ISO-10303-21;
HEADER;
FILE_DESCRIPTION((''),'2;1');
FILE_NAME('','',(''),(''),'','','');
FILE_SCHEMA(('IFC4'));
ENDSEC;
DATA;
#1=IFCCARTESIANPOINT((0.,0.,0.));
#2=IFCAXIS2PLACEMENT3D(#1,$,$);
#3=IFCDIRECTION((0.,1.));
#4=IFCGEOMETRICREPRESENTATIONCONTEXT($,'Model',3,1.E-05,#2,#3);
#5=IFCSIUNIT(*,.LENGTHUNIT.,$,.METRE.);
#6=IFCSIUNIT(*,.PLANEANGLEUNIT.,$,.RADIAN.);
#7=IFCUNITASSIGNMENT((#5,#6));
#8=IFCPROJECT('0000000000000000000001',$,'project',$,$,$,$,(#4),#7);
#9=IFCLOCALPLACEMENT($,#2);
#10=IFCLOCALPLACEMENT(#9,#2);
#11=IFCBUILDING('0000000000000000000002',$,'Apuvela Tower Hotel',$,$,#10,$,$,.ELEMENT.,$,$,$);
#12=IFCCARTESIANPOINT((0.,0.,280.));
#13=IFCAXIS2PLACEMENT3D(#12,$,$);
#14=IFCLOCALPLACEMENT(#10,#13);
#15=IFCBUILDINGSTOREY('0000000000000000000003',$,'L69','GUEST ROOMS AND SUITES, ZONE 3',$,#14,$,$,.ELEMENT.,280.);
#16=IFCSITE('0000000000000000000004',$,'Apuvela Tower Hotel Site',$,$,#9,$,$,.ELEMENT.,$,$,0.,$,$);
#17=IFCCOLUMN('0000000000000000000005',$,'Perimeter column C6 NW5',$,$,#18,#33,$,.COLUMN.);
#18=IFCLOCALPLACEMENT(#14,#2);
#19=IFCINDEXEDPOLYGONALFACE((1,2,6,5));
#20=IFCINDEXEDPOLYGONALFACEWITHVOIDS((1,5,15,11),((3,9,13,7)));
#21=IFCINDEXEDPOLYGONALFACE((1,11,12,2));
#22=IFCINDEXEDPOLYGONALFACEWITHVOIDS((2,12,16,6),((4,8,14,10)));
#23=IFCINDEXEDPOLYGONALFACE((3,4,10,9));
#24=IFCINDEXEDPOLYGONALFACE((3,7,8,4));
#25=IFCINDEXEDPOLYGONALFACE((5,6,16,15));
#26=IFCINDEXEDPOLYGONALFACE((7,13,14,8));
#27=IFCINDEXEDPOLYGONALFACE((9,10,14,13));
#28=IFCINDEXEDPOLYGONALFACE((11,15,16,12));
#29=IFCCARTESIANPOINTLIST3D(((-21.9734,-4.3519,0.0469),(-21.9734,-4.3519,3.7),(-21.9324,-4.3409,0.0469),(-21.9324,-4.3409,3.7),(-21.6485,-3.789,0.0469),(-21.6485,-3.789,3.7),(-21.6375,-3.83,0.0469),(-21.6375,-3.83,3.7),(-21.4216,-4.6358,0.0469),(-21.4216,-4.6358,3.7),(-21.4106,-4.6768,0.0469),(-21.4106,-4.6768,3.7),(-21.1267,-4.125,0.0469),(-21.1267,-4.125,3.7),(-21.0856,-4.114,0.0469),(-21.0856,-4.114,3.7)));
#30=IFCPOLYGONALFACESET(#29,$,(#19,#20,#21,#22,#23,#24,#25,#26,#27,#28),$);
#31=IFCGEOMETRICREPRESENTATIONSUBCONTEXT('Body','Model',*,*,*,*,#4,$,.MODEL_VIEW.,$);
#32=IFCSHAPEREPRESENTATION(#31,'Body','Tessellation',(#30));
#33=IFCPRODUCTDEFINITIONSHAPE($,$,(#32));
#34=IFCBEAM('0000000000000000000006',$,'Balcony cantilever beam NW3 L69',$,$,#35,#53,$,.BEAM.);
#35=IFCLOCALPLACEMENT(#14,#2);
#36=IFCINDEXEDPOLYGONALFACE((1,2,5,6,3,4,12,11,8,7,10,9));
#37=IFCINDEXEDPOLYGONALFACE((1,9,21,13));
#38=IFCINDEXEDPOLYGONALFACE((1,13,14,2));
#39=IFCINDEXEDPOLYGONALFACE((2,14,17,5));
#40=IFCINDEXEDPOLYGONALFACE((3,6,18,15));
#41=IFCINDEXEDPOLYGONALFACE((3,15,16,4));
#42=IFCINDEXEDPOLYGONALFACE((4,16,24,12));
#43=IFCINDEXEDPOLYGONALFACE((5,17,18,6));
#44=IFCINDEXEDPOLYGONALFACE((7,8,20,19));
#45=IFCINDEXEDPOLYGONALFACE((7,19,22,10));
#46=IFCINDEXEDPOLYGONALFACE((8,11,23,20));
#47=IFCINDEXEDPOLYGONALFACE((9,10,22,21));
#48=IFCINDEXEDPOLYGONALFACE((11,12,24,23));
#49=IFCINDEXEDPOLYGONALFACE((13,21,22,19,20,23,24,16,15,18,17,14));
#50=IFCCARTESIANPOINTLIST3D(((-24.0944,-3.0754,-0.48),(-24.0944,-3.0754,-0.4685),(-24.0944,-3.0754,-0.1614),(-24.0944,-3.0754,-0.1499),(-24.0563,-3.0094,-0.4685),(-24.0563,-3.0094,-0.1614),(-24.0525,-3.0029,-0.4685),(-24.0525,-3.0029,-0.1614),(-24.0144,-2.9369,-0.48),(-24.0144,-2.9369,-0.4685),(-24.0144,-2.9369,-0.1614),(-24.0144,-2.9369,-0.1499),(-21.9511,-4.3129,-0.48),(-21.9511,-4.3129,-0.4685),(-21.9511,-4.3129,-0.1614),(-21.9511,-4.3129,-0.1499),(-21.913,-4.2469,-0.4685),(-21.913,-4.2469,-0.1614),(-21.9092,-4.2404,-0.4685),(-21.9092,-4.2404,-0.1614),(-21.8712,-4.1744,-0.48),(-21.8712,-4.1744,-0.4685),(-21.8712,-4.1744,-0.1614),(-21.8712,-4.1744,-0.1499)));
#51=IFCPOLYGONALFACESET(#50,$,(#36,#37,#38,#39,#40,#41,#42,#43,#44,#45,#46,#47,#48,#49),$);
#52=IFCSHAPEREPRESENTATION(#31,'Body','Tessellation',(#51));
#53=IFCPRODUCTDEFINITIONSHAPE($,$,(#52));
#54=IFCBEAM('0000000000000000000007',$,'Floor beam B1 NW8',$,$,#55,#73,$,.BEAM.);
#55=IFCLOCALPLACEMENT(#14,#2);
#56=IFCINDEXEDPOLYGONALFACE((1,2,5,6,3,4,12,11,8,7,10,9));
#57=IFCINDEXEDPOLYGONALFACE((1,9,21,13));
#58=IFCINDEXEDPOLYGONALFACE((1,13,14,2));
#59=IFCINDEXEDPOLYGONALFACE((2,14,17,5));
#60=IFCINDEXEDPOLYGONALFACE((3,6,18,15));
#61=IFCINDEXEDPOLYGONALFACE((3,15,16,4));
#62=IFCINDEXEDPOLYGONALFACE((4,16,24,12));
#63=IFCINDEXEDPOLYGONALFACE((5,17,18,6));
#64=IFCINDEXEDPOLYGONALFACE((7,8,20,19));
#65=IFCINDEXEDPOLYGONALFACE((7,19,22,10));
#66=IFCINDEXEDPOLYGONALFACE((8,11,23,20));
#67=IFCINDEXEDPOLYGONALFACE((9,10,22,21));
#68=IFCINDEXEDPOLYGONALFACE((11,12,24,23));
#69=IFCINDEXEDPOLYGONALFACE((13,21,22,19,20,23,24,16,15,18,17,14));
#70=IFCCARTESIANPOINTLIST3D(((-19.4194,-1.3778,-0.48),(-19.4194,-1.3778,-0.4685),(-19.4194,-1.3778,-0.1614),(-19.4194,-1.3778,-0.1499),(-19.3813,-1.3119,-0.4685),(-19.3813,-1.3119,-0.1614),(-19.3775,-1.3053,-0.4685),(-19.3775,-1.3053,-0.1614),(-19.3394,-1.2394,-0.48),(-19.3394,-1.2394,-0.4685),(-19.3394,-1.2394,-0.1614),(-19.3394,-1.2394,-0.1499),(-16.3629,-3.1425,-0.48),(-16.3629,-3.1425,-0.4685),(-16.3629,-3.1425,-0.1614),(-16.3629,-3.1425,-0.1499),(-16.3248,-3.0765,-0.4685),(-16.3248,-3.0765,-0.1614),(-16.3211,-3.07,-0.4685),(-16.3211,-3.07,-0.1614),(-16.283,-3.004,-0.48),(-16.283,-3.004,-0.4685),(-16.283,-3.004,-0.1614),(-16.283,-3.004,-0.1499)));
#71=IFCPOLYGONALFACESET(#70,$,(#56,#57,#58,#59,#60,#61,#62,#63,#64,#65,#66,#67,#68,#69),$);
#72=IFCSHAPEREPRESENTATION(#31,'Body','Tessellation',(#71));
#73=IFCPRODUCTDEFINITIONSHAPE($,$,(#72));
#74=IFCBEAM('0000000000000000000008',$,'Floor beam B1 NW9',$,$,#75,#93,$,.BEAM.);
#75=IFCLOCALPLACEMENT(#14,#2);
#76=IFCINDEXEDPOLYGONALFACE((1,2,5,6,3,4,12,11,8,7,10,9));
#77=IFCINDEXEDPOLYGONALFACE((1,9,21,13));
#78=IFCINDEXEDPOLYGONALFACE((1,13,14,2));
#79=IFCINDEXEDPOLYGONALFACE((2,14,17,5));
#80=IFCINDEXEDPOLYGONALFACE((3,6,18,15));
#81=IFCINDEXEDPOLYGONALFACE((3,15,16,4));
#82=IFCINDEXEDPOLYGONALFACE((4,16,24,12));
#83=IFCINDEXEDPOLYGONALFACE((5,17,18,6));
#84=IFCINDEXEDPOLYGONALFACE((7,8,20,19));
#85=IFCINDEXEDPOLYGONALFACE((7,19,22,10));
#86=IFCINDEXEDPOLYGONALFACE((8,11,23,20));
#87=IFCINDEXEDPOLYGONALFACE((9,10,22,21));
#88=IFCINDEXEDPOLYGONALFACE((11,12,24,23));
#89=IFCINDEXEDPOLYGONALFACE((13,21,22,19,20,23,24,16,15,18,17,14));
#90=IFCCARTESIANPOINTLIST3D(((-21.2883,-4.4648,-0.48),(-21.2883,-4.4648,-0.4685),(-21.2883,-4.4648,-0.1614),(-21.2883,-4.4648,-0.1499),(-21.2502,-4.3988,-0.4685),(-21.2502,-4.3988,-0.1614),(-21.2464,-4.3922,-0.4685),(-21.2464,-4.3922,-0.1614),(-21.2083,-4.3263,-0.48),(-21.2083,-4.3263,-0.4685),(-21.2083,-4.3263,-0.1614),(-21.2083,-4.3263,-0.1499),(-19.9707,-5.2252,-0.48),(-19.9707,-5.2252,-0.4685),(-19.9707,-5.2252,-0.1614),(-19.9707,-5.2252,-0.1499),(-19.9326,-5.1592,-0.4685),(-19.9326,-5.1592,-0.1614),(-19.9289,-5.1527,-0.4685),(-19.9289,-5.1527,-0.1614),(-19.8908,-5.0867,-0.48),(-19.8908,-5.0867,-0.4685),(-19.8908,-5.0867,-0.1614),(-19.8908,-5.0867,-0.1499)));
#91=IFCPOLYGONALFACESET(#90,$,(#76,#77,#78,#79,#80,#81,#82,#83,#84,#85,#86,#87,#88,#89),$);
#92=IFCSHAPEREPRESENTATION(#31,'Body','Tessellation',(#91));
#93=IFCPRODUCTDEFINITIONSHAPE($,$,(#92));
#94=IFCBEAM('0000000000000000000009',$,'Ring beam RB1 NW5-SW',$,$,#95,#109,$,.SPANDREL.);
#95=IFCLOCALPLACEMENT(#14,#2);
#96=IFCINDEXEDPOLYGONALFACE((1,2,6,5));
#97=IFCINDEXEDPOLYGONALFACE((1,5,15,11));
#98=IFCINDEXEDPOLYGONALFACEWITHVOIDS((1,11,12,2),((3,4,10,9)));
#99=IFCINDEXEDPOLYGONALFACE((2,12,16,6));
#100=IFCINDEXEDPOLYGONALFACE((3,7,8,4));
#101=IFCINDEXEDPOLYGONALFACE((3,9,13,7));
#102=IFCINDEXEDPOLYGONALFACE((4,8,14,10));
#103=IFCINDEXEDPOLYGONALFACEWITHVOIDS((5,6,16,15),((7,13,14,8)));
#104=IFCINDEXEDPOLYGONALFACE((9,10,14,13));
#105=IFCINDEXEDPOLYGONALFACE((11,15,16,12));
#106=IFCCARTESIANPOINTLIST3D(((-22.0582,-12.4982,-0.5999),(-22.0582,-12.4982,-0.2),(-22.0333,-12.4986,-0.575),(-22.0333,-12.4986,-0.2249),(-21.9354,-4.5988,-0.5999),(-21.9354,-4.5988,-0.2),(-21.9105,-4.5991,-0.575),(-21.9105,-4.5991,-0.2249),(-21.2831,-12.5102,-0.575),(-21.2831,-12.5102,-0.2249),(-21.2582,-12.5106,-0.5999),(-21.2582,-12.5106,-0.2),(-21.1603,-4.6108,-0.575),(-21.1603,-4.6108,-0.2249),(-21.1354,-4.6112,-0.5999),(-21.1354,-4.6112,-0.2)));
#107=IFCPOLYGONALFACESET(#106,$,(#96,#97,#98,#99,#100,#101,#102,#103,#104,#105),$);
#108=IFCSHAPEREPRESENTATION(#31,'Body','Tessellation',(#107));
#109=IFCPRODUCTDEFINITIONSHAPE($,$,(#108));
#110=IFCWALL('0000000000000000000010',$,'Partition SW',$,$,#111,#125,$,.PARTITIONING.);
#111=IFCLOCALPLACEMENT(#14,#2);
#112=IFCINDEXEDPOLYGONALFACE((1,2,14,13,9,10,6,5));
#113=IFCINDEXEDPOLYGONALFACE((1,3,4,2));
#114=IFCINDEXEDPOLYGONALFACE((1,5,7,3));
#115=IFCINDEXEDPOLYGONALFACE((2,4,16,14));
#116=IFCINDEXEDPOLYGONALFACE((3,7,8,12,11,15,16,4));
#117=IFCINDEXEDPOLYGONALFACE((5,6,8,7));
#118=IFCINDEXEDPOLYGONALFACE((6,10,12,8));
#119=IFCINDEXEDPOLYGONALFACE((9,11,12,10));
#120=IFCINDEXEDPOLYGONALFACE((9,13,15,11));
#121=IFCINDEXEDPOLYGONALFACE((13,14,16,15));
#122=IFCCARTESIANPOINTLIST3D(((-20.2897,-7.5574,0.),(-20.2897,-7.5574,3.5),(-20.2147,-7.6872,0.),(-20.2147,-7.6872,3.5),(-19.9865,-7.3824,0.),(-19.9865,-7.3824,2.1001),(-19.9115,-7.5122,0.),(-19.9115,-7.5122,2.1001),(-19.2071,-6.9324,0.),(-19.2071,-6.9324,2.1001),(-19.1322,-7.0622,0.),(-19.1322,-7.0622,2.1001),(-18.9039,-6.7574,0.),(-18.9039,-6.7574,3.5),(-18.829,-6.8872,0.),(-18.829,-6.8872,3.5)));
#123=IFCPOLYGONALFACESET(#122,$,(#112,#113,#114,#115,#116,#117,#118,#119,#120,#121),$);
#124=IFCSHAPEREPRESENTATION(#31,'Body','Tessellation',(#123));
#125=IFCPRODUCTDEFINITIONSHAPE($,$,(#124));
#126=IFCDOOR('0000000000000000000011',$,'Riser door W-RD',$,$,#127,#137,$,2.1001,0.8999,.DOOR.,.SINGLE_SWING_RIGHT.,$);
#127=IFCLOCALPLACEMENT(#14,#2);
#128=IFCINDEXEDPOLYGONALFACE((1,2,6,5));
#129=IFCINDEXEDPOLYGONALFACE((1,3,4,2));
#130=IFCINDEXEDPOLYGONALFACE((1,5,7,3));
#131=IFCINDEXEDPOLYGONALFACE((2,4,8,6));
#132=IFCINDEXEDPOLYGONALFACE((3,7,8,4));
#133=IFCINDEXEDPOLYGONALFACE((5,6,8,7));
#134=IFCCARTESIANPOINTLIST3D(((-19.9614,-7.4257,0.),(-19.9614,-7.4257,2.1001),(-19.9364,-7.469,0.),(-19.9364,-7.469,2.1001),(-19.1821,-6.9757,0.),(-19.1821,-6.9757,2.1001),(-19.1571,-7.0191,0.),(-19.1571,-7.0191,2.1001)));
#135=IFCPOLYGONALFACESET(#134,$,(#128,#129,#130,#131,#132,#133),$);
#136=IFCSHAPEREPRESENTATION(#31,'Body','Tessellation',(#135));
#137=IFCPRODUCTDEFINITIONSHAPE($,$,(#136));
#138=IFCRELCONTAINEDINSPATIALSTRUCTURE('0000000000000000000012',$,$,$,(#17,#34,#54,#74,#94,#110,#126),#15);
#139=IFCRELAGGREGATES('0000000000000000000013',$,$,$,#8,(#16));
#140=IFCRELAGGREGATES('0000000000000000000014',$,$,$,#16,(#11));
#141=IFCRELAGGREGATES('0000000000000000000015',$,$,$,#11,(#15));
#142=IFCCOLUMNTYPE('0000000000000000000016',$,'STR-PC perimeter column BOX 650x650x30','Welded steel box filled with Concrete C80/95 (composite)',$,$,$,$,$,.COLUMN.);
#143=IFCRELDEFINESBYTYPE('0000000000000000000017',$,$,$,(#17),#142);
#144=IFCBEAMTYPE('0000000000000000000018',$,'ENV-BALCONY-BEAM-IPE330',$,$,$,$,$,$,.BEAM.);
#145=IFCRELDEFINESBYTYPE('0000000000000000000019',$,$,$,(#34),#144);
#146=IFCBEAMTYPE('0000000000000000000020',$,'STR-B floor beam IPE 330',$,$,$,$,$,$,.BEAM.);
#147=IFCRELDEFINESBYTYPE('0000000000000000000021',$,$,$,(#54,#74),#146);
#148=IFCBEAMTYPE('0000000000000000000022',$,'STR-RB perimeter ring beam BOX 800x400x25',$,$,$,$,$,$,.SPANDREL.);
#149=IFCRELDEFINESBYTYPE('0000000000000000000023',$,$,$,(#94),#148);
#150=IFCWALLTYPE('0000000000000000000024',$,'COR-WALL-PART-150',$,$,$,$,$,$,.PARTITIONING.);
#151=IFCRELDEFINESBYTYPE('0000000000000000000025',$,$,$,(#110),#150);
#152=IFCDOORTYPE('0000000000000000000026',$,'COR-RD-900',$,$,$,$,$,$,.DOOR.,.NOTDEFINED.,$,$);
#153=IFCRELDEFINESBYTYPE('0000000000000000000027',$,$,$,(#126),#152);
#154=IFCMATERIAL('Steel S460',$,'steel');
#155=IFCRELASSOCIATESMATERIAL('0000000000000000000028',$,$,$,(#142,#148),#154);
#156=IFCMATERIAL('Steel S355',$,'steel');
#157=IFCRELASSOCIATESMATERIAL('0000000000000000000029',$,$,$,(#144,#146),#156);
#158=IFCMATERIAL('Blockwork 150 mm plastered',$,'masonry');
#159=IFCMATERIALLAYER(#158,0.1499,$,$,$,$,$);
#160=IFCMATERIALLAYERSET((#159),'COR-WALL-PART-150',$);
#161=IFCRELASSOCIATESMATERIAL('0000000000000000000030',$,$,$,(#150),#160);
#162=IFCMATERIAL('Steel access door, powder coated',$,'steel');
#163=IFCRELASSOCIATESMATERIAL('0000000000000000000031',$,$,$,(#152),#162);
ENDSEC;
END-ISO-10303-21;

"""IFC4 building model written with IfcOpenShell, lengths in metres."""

from ifc_helpers import new_model, si_unit, direction, frame, frame_2d, origin, origin_2d, place, context, subcontext, project, spatial, rectangle, hollow_rectangle, i_section, extrude, boolean, halfspace, material, layer, layer_set, material_profile, profile_set, type_object, element, fill, save


model = new_model("IFC4")

# Units and contexts
model_context = context("Model", 3, precision=1e-05, world=origin(), true_north=direction((0.0, 1.0)))
body_context = subcontext(model_context, "Body", "Model", "MODEL_VIEW")
ifc_project = project(units=[si_unit("LENGTHUNIT", "METRE"), si_unit("PLANEANGLEUNIT", "RADIAN")], contexts=[model_context])

# Site, building, storey
site_placement = place(None, origin())
site = spatial("IfcSite", under=ifc_project, at=site_placement, Name="Apuvela Tower Hotel Site", CompositionType="ELEMENT", RefElevation=0.0)
building_placement = place(site_placement, origin())
building = spatial("IfcBuilding", under=site, at=building_placement, Name="Apuvela Tower Hotel", CompositionType="ELEMENT")
storey_placement = place(building_placement, frame((0.0, 0.0, 280.0)))
storey = spatial("IfcBuildingStorey", under=building, at=storey_placement, Name="L69", Description="GUEST ROOMS AND SUITES, ZONE 3", CompositionType="ELEMENT", Elevation=280.0)

# Column
ifc_material_1 = material(Name="Steel S460", Category="steel")
ifc_material_profile_1 = material_profile(ifc_material_1, hollow_rectangle(XDim=0.6499, YDim=0.6499, WallThickness=0.03, at=origin_2d()), Name="BOX 650x650x30")
ifc_material_2 = material(Name="Concrete C80/95", Category="concrete")
ifc_material_profile_2 = material_profile(ifc_material_2, rectangle(XDim=0.5901, YDim=0.5901, at=origin_2d()), Name="Concrete C80/95 infill")
ifc_profile_set_1 = profile_set([ifc_material_profile_1, ifc_material_profile_2], Name="Steel S460")
column_type = type_object("IfcColumnType", Name="STR-PC perimeter column BOX 650x650x30", Description="Welded steel box filled with Concrete C80/95 (composite)", PredefinedType="COLUMN", material=ifc_profile_set_1)
column_placement = place(storey_placement, frame((-21.5295, -4.2329, 0.0), z_axis=(0.0, 0.0, 1.0), x_axis=(0.5, 0.866025, 0.0)))
element("IfcColumn", 1, at=column_placement, inside=storey, type_object=column_type, Name="Perimeter column C6 NW5", PredefinedType="COLUMN", context=body_context, shape_type="SweptSolid", body=[
    boolean("DIFFERENCE", extrude(hollow_rectangle(XDim=0.6499, YDim=0.6499, WallThickness=0.03, at=origin_2d()), origin(), (0.0, 0.0, 1.0), 3.7), halfspace(frame((0.0, 0.0, 0.0469), z_axis=(0.0, 0.0, 1.0), x_axis=(1.0, 0.0, 0.0)), True)),
])

# Beams
ifc_material_3 = material(Name="Steel S355", Category="steel")
ifc_material_profile_3 = material_profile(ifc_material_3, i_section(OverallWidth=0.1599, OverallDepth=0.3301, WebThickness=0.0076, FlangeThickness=0.0115, at=origin_2d()), Name="IPE 330")
ifc_profile_set_2 = profile_set([ifc_material_profile_3], Name="Steel S355")
beam_type_1 = type_object("IfcBeamType", Name="ENV-BALCONY-BEAM-IPE330", PredefinedType="BEAM", material=ifc_profile_set_2)
beam_1_placement = place(storey_placement, frame((-21.9111, -4.2437, -0.3149), z_axis=(-0.866007, 0.500033, 0.0), x_axis=(-0.500033, -0.866007, 0.0)))
element("IfcBeam", 2, at=beam_1_placement, inside=storey, type_object=beam_type_1, Name="Balcony cantilever beam NW3 L69", PredefinedType="BEAM", context=body_context, shape_type="SweptSolid", body=[
    extrude(i_section(OverallWidth=0.1599, OverallDepth=0.3301, WebThickness=0.0076, FlangeThickness=0.0115, at=origin_2d()), origin(), (0.0, 0.0, 1.0), 2.4749),
])
ifc_material_profile_4 = material_profile(ifc_material_3, i_section(OverallWidth=0.1599, OverallDepth=0.3301, WebThickness=0.0076, FlangeThickness=0.0115, at=origin_2d()), Name="IPE 330")
ifc_profile_set_3 = profile_set([ifc_material_profile_4], Name="Steel S355")
beam_type_2 = type_object("IfcBeamType", Name="STR-B floor beam IPE 330", PredefinedType="BEAM", material=ifc_profile_set_3)
beam_2_placement = place(storey_placement, frame((-19.3794, -1.3086, -0.3149), z_axis=(0.866021, -0.500008, 0.0), x_axis=(0.500008, 0.866021, 0.0)))
element("IfcBeam", 3, at=beam_2_placement, inside=storey, type_object=beam_type_2, Name="Floor beam B1 NW8", PredefinedType="BEAM", context=body_context, shape_type="SweptSolid", body=[
    extrude(i_section(OverallWidth=0.1599, OverallDepth=0.3301, WebThickness=0.0076, FlangeThickness=0.0115, at=origin_2d()), origin(), (0.0, 0.0, 1.0), 3.5293),
])
beam_3_placement = place(storey_placement, frame((-21.2483, -4.3955, -0.3149), z_axis=(0.866092, -0.499885, 0.0), x_axis=(0.499885, 0.866092, 0.0)))
element("IfcBeam", 4, at=beam_3_placement, inside=storey, type_object=beam_type_2, Name="Floor beam B1 NW9", PredefinedType="BEAM", context=body_context, shape_type="SweptSolid", body=[
    extrude(i_section(OverallWidth=0.1599, OverallDepth=0.3301, WebThickness=0.0076, FlangeThickness=0.0115, at=origin_2d()), origin(), (0.0, 0.0, 1.0), 1.5212),
])
ifc_material_profile_5 = material_profile(ifc_material_1, hollow_rectangle(XDim=0.8, YDim=0.3999, WallThickness=0.0249, at=origin_2d()), Name="BOX 800x400x25")
ifc_profile_set_4 = profile_set([ifc_material_profile_5], Name="Steel S460")
beam_type_3 = type_object("IfcBeamType", Name="STR-RB perimeter ring beam BOX 800x400x25", PredefinedType="SPANDREL", material=ifc_profile_set_4)
beam_4_placement = place(storey_placement, frame((-21.5354, -4.605, -0.3999), z_axis=(-0.015544, -0.999879, 0.0), x_axis=(0.999879, -0.015544, 0.0)))
element("IfcBeam", 5, at=beam_4_placement, inside=storey, type_object=beam_type_3, Name="Ring beam RB1 NW5-SW", PredefinedType="SPANDREL", context=body_context, shape_type="SweptSolid", body=[
    extrude(hollow_rectangle(XDim=0.8, YDim=0.3999, WallThickness=0.0249, at=origin_2d()), origin(), (0.0, 0.0, 1.0), 7.9004),
])

# Wall, opening, door
ifc_material_4 = material(Name="Blockwork 150 mm plastered", Category="masonry")
ifc_layer_1 = layer(ifc_material_4, 0.1499)
ifc_layer_set_1 = layer_set([ifc_layer_1], Name="COR-WALL-PART-150")
wall_type_1 = type_object("IfcWallType", Name="COR-WALL-PART-150", PredefinedType="PARTITIONING", material=ifc_layer_set_1)
wall_1_placement = place(storey_placement, frame((-18.8665, -6.8223, 0.0), z_axis=(0.0, 0.0, 1.0), x_axis=(-0.866028, -0.499995, 0.0)))
wall_1 = element("IfcWall", 6, at=wall_1_placement, inside=storey, type_object=wall_type_1, Name="Partition SW", PredefinedType="PARTITIONING", context=body_context, shape_type="SweptSolid", body=[
    extrude(rectangle(XDim=1.6001, YDim=0.1499, at=frame_2d((0.8, 0.0))), origin(), (0.0, 0.0, 1.0), 3.5),
])
opening_1_placement = place(wall_1_placement, frame((0.3501, 0.0, 0.0)))
opening_1 = element("IfcOpeningElement", 7, at=opening_1_placement, cuts=wall_1, PredefinedType="OPENING", context=body_context, shape_type="SweptSolid", body=[
    extrude(rectangle(XDim=0.8999, YDim=2.1001, at=frame_2d((0.45, 1.05))), frame((0.0, 0.085, 0.0), z_axis=(0.0, -1.0, 0.0), x_axis=(1.0, 0.0, 0.0)), (0.0, 0.0, 1.0), 0.1699),
])
ifc_material_5 = material(Name="Steel access door, powder coated", Category="steel")
door_type_1 = type_object("IfcDoorType", Name="COR-RD-900", OperationType="NOTDEFINED", PredefinedType="DOOR", material=ifc_material_5)
door_1_placement = place(opening_1_placement, frame((0.8999, 0.0, 0.0), z_axis=(0.0, 0.0, 1.0), x_axis=(-1.0, 0.0, 0.0)))
door_1 = element("IfcDoor", 8, at=door_1_placement, inside=storey, type_object=door_type_1, Name="Riser door W-RD", OperationType="SINGLE_SWING_RIGHT", OverallHeight=2.1001, OverallWidth=0.8999, PredefinedType="DOOR", context=body_context, shape_type="SweptSolid", body=[
    extrude(rectangle(XDim=0.8999, YDim=2.1001, at=frame_2d((0.45, 1.05))), frame((0.0, 0.0249, 0.0), z_axis=(0.0, -1.0, 0.0), x_axis=(1.0, 0.0, 0.0)), (0.0, 0.0, 1.0), 0.05),
])
fill(opening_1, door_1)

save(model, "model.ifc")
